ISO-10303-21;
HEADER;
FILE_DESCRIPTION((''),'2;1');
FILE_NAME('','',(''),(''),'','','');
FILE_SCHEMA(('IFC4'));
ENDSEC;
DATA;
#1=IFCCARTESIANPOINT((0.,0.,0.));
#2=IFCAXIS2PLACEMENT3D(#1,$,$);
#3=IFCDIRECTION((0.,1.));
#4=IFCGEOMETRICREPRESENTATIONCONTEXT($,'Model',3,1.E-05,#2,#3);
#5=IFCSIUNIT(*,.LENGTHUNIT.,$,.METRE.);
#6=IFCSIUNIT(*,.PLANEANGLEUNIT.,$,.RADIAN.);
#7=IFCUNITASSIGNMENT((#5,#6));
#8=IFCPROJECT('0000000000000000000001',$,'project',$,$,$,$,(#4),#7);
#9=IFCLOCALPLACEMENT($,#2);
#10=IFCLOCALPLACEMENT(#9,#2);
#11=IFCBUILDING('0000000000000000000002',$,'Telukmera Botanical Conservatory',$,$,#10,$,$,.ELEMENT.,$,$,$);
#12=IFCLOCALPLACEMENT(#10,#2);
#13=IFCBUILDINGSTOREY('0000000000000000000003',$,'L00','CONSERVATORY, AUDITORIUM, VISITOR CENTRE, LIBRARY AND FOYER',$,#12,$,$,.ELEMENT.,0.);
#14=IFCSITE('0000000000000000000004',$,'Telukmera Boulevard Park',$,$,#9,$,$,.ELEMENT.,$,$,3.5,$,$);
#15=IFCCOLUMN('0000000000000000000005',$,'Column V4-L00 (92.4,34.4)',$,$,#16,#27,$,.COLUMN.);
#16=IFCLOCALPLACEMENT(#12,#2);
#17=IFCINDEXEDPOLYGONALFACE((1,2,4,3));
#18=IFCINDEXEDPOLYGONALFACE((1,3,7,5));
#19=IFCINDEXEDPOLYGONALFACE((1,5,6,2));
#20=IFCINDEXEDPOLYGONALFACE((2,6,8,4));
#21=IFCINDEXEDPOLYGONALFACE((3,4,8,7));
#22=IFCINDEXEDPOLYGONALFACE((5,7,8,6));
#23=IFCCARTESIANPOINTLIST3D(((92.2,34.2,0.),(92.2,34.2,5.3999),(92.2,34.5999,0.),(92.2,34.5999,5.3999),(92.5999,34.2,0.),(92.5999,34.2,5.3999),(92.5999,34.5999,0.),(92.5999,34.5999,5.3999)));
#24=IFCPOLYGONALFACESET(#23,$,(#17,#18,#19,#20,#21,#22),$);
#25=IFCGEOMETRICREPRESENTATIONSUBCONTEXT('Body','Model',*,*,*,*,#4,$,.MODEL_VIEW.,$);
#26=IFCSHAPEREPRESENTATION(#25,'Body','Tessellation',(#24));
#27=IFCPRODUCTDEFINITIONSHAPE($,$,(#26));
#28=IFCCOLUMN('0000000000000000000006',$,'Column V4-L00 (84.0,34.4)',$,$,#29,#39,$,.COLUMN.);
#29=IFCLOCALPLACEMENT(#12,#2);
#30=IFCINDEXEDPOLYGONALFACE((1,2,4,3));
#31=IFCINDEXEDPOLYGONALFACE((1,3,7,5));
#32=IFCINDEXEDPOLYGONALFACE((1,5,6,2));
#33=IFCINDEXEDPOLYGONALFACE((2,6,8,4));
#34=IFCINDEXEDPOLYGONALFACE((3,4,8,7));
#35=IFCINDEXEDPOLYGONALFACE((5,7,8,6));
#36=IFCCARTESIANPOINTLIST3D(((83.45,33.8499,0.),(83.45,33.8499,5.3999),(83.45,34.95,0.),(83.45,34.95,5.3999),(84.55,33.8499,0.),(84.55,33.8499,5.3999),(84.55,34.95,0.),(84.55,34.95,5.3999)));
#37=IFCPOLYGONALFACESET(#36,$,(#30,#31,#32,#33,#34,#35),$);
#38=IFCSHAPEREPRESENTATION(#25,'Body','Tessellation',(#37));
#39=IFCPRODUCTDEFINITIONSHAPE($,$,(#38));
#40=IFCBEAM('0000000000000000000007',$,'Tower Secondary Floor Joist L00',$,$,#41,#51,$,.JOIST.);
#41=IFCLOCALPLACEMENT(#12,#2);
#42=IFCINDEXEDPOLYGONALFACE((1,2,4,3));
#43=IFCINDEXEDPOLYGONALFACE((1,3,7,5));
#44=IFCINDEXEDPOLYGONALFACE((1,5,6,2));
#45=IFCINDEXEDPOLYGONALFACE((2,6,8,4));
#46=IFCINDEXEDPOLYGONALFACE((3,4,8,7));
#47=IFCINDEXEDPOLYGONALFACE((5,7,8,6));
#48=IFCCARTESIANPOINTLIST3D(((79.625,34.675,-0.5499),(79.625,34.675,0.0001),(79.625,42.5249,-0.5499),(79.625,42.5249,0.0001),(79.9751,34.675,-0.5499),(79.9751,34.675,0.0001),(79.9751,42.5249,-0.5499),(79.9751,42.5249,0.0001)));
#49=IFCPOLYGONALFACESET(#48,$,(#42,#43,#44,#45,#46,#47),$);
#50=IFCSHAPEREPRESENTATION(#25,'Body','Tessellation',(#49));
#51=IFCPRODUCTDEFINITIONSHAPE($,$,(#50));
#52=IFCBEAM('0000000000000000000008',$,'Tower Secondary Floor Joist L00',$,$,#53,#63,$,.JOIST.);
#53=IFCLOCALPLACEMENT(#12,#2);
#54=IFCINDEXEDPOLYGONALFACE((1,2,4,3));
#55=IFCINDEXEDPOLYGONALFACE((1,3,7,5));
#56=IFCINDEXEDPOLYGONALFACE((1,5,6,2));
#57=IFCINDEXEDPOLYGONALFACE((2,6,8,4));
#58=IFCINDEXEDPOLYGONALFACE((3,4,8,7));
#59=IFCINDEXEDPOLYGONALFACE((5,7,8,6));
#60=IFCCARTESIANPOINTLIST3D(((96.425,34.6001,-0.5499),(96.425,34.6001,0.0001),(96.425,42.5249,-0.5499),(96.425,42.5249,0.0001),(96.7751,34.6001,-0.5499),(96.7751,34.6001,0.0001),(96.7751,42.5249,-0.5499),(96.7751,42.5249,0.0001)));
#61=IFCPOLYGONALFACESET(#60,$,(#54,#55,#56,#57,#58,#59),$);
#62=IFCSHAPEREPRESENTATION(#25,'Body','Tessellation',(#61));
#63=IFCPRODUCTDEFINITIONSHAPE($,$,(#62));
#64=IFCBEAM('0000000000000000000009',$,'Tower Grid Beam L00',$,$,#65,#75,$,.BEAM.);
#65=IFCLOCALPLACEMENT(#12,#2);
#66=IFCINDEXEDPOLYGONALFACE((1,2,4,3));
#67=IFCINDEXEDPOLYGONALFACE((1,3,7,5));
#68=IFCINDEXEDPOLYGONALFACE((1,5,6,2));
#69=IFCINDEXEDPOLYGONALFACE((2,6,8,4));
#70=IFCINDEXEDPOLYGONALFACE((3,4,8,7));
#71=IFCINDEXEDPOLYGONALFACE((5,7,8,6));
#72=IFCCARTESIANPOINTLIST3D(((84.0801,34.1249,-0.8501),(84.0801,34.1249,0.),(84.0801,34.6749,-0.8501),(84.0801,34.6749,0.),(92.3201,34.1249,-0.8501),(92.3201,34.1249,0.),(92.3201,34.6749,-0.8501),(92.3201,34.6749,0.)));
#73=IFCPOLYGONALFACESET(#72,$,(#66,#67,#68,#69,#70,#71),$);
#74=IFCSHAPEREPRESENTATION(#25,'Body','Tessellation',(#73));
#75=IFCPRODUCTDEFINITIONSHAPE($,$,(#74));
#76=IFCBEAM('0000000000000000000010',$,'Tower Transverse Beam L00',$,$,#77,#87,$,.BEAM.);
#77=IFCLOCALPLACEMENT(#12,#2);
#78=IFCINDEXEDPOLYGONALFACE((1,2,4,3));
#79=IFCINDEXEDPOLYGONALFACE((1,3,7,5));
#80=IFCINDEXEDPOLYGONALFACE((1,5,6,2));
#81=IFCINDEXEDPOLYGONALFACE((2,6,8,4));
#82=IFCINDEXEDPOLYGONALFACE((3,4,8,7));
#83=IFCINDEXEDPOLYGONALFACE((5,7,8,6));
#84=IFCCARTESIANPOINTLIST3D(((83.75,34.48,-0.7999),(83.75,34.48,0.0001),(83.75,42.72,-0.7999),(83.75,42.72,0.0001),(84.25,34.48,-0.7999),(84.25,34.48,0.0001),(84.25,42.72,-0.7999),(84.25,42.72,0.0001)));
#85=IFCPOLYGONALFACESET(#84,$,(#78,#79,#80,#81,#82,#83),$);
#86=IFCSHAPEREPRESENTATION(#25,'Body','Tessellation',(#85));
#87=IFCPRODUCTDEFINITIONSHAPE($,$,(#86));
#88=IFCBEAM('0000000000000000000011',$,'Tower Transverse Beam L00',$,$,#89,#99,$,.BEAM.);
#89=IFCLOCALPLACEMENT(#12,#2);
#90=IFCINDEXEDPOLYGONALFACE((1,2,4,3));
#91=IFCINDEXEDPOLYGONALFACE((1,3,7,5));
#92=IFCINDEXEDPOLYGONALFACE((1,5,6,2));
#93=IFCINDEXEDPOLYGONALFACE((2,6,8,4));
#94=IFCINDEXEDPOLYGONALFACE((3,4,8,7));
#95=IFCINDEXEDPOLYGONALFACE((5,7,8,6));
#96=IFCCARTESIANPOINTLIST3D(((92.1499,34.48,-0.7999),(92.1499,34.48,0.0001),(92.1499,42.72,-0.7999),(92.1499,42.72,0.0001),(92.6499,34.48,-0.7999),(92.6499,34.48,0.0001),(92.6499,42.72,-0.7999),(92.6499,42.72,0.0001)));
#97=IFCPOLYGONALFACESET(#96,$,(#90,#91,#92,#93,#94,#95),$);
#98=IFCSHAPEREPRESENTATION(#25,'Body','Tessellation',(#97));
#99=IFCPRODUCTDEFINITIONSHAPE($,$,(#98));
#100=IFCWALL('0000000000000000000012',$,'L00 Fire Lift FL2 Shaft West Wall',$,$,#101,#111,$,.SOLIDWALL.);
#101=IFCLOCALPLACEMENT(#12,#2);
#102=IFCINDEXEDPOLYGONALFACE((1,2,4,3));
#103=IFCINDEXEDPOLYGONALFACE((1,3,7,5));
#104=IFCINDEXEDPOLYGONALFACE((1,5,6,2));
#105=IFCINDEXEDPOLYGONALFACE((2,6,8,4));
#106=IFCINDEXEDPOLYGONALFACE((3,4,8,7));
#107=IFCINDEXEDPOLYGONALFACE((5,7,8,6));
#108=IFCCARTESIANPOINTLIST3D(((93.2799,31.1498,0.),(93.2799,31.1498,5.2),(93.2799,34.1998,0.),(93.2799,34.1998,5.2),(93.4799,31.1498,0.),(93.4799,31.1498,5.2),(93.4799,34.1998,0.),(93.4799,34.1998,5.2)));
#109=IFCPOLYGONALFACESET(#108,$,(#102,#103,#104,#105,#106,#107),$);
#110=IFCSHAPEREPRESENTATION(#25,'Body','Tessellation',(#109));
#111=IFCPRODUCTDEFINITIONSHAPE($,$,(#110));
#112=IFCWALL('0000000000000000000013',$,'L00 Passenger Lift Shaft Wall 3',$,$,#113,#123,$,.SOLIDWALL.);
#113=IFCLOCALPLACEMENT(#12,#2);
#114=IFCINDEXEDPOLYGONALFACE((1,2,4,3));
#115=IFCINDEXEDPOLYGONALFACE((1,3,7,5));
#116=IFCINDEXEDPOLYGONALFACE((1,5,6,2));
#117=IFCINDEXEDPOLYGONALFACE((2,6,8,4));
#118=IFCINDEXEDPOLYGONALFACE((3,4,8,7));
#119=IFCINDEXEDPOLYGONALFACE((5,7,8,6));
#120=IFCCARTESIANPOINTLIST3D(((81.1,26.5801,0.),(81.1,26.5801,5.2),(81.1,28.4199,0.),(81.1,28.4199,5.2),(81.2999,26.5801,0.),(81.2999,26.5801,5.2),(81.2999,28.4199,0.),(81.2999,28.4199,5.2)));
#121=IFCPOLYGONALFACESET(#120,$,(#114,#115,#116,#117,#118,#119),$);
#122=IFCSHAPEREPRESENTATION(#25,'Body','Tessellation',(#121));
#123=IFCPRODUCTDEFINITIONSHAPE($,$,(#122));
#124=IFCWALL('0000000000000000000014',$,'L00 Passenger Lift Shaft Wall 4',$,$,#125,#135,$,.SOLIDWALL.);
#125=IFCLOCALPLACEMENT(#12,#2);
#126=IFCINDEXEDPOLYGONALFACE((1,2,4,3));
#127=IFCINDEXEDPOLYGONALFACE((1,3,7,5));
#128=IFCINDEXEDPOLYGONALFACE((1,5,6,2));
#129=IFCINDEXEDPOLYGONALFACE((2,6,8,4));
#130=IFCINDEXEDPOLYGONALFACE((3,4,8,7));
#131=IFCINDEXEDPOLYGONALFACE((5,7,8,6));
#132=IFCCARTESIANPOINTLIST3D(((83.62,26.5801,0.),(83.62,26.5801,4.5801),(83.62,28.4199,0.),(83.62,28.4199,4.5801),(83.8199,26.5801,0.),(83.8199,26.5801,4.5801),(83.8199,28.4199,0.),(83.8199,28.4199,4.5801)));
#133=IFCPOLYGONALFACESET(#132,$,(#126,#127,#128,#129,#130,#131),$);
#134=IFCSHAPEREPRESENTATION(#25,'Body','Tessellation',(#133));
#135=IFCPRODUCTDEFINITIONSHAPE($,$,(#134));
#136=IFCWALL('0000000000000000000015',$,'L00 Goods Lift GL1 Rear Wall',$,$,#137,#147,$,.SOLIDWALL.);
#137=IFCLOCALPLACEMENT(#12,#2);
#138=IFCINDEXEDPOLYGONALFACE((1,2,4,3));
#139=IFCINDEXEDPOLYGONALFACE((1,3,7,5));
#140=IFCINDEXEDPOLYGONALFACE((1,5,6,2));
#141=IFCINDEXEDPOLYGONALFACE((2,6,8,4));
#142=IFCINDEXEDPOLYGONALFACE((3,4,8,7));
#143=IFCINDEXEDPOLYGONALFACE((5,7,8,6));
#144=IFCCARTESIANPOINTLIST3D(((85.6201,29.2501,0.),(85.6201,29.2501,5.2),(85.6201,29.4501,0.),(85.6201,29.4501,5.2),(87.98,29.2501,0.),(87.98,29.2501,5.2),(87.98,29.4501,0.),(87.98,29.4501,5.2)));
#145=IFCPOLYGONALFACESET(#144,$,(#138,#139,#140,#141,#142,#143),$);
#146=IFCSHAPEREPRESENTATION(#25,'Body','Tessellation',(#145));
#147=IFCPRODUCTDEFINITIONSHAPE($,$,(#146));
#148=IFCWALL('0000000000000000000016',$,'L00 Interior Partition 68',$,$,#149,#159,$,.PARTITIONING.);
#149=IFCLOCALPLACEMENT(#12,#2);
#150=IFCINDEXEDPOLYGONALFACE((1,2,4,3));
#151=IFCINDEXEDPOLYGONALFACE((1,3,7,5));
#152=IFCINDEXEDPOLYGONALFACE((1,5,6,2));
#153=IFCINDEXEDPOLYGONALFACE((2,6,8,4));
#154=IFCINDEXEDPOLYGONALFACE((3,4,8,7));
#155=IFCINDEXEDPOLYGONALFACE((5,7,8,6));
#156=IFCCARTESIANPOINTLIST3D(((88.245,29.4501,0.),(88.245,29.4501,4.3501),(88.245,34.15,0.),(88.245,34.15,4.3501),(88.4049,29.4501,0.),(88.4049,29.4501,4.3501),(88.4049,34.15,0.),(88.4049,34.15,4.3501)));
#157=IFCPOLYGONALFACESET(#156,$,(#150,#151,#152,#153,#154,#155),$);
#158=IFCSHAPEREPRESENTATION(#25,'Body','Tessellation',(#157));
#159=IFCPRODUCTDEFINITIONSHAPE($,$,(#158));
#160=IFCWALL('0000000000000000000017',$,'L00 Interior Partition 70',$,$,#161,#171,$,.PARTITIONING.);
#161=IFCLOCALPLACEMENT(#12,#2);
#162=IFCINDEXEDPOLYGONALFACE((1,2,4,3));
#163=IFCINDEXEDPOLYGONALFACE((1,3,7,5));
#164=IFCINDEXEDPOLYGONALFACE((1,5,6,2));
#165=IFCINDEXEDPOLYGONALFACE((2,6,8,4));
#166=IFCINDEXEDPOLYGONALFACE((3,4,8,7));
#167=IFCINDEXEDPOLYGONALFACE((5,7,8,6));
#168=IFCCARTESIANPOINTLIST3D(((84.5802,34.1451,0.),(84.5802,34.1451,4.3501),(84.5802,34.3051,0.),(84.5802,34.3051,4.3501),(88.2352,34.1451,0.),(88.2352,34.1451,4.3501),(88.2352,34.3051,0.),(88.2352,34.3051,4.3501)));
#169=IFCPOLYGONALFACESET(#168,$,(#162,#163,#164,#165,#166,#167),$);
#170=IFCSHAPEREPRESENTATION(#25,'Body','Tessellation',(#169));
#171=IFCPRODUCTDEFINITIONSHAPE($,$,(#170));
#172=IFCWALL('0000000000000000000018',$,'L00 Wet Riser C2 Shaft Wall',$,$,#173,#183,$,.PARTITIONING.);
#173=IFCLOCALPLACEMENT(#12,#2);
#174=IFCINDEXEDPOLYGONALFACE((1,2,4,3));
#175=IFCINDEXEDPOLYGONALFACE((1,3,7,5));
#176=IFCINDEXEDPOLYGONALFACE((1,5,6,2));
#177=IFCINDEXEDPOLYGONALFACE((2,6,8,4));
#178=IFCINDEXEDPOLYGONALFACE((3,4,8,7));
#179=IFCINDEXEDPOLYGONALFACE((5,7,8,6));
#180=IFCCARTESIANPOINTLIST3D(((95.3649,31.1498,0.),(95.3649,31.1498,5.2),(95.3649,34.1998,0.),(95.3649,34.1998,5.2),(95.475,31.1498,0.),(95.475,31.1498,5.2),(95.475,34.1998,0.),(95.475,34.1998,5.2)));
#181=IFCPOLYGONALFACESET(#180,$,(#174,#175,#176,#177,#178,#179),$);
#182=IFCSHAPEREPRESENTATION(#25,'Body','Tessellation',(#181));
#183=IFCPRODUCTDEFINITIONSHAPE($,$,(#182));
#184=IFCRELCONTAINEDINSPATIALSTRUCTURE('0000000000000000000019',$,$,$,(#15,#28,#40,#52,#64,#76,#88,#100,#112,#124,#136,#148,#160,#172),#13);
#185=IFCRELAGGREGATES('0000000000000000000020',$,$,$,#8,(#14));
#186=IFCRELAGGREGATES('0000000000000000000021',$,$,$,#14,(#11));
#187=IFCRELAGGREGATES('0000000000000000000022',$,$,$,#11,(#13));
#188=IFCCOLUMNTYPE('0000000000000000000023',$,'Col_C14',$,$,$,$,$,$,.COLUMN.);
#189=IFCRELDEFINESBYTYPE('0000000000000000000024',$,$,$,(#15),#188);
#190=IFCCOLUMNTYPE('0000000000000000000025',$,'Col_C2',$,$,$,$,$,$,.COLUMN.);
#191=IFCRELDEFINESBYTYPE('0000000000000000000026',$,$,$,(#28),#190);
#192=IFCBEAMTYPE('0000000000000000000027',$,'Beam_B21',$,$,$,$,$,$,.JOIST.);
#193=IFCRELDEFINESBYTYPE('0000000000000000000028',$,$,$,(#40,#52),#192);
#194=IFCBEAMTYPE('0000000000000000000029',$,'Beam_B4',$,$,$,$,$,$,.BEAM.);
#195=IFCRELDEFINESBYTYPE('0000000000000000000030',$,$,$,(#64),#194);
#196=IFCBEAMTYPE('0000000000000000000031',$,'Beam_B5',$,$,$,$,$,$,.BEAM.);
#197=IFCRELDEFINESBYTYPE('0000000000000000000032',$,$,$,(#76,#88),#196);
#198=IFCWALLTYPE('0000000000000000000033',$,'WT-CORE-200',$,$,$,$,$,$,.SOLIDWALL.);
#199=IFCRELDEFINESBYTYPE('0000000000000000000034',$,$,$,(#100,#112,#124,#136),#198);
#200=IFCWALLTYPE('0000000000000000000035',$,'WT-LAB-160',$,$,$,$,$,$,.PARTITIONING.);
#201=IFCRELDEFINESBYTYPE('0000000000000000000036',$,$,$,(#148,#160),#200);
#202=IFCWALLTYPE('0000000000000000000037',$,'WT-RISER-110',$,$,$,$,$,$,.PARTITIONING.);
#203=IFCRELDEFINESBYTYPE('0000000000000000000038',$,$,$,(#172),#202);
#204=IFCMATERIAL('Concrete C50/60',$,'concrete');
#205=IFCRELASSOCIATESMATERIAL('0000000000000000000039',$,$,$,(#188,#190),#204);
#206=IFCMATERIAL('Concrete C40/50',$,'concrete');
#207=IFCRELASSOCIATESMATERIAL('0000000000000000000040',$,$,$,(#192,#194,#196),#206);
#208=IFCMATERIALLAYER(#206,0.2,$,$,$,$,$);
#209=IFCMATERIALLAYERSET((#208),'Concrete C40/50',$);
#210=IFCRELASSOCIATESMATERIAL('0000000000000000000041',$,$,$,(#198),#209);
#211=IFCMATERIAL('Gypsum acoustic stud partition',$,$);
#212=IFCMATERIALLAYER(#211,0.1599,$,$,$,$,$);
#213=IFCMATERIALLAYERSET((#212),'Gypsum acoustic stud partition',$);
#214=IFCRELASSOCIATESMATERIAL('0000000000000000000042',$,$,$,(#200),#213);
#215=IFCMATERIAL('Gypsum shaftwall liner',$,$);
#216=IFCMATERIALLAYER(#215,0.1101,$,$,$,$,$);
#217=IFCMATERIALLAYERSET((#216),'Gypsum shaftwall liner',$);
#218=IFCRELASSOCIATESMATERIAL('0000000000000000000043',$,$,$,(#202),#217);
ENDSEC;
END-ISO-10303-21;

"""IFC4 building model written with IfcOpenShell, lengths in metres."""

from ifc_helpers import new_model, si_unit, direction, frame, frame_2d, origin, origin_2d, place, context, subcontext, project, spatial, rectangle, extrude, material, layer, layer_set, material_profile, profile_set, type_object, element, save


model = new_model("IFC4")

# Units and contexts
model_context = context("Model", 3, precision=1e-05, world=origin(), true_north=direction((0.0, 1.0)))
body_context = subcontext(model_context, "Body", "Model", "MODEL_VIEW")
ifc_project = project(units=[si_unit("LENGTHUNIT", "METRE"), si_unit("PLANEANGLEUNIT", "RADIAN")], contexts=[model_context])

# Site, building, storey
site_placement = place(None, origin())
site = spatial("IfcSite", under=ifc_project, at=site_placement, Name="Telukmera Boulevard Park", CompositionType="ELEMENT", RefElevation=3.5)
building_placement = place(site_placement, origin())
building = spatial("IfcBuilding", under=site, at=building_placement, Name="Telukmera Botanical Conservatory", CompositionType="ELEMENT")
storey_placement = place(building_placement, origin())
storey = spatial("IfcBuildingStorey", under=building, at=storey_placement, Name="L00", Description="CONSERVATORY, AUDITORIUM, VISITOR CENTRE, LIBRARY AND FOYER", CompositionType="ELEMENT", Elevation=0.0)

# Columns
ifc_material_1 = material(Name="Concrete C50/60", Category="concrete")
ifc_material_profile_1 = material_profile(ifc_material_1, rectangle(XDim=0.3999, YDim=0.3999, at=origin_2d()), Name="RC 400x400")
ifc_profile_set_1 = profile_set([ifc_material_profile_1], Name="Concrete C50/60")
column_type_1 = type_object("IfcColumnType", Name="Col_C14", PredefinedType="COLUMN", material=ifc_profile_set_1)
column_1_placement = place(storey_placement, frame((92.3999, 34.3999, 0.0), z_axis=(0.0, 0.0, 1.0), x_axis=(1.0, 0.0, 0.0)))
element("IfcColumn", 1, at=column_1_placement, inside=storey, type_object=column_type_1, Name="Column V4-L00 (92.4,34.4)", PredefinedType="COLUMN", context=body_context, shape_type="SweptSolid", body=[
    extrude(rectangle(XDim=0.3999, YDim=0.3999, at=origin_2d()), origin(), (0.0, 0.0, 1.0), 5.3999),
])
ifc_material_profile_2 = material_profile(ifc_material_1, rectangle(XDim=1.1001, YDim=1.1001, at=origin_2d()), Name="RC 1100x1100")
ifc_profile_set_2 = profile_set([ifc_material_profile_2], Name="Concrete C50/60")
column_type_2 = type_object("IfcColumnType", Name="Col_C2", PredefinedType="COLUMN", material=ifc_profile_set_2)
column_2_placement = place(storey_placement, frame((84.0, 34.3999, 0.0), z_axis=(0.0, 0.0, 1.0), x_axis=(1.0, 0.0, 0.0)))
element("IfcColumn", 2, at=column_2_placement, inside=storey, type_object=column_type_2, Name="Column V4-L00 (84.0,34.4)", PredefinedType="COLUMN", context=body_context, shape_type="SweptSolid", body=[
    extrude(rectangle(XDim=1.1001, YDim=1.1001, at=origin_2d()), origin(), (0.0, 0.0, 1.0), 5.3999),
])

# Beams
ifc_material_2 = material(Name="Concrete C40/50", Category="concrete")
ifc_material_profile_3 = material_profile(ifc_material_2, rectangle(XDim=0.3501, YDim=0.55, at=origin_2d()), Name="RC 350x550")
ifc_profile_set_3 = profile_set([ifc_material_profile_3], Name="Concrete C40/50")
beam_type_1 = type_object("IfcBeamType", Name="Beam_B21", PredefinedType="JOIST", material=ifc_profile_set_3)
beam_1_placement = place(storey_placement, frame((79.8, 34.675, -0.2749), z_axis=(0.0, 1.0, 0.0), x_axis=(-1.0, 0.0, 0.0)))
element("IfcBeam", 3, at=beam_1_placement, inside=storey, type_object=beam_type_1, Name="Tower Secondary Floor Joist L00", PredefinedType="JOIST", context=body_context, shape_type="SweptSolid", body=[
    extrude(rectangle(XDim=0.3501, YDim=0.55, at=origin_2d()), origin(), (0.0, 0.0, 1.0), 7.8499),
])
beam_2_placement = place(storey_placement, frame((96.6001, 34.6001, -0.2749), z_axis=(0.0, 1.0, 0.0), x_axis=(-1.0, 0.0, 0.0)))
element("IfcBeam", 4, at=beam_2_placement, inside=storey, type_object=beam_type_1, Name="Tower Secondary Floor Joist L00", PredefinedType="JOIST", context=body_context, shape_type="SweptSolid", body=[
    extrude(rectangle(XDim=0.3501, YDim=0.55, at=origin_2d()), origin(), (0.0, 0.0, 1.0), 7.9248),
])
ifc_material_profile_4 = material_profile(ifc_material_2, rectangle(XDim=0.55, YDim=0.8501, at=origin_2d()), Name="RC 550x850")
ifc_profile_set_4 = profile_set([ifc_material_profile_4], Name="Concrete C40/50")
beam_type_2 = type_object("IfcBeamType", Name="Beam_B4", PredefinedType="BEAM", material=ifc_profile_set_4)
beam_3_placement = place(storey_placement, frame((84.0801, 34.3999, -0.425), z_axis=(1.0, 0.0, 0.0), x_axis=(0.0, 1.0, 0.0)))
element("IfcBeam", 5, at=beam_3_placement, inside=storey, type_object=beam_type_2, Name="Tower Grid Beam L00", PredefinedType="BEAM", context=body_context, shape_type="SweptSolid", body=[
    extrude(rectangle(XDim=0.55, YDim=0.8501, at=origin_2d()), origin(), (0.0, 0.0, 1.0), 8.24),
])
ifc_material_profile_5 = material_profile(ifc_material_2, rectangle(XDim=0.5, YDim=0.8, at=origin_2d()), Name="RC 500x800")
ifc_profile_set_5 = profile_set([ifc_material_profile_5], Name="Concrete C40/50")
beam_type_3 = type_object("IfcBeamType", Name="Beam_B5", PredefinedType="BEAM", material=ifc_profile_set_5)
for number, where, z_axis, x_axis, name in (
    (6, (84.0, 34.48, -0.3999), (0.0, 1.0, 0.0), (-1.0, 0.0, 0.0), "Tower Transverse Beam L00"),
    (7, (92.3999, 34.48, -0.3999), (0.0, 1.0, 0.0), (-1.0, 0.0, 0.0), "Tower Transverse Beam L00"),
):
    element("IfcBeam", number, at=place(storey_placement, frame(where, z_axis=z_axis, x_axis=x_axis)), inside=storey, type_object=beam_type_3, Name=name, PredefinedType="BEAM", context=body_context, shape_type="SweptSolid", body=[
        extrude(rectangle(XDim=0.5, YDim=0.8, at=origin_2d()), origin(), (0.0, 0.0, 1.0), 8.24),
    ])

# Shared definitions
ifc_layer_1 = layer(ifc_material_2, 0.2)
ifc_layer_set_1 = layer_set([ifc_layer_1], Name="Concrete C40/50")
wall_type_1 = type_object("IfcWallType", Name="WT-CORE-200", PredefinedType="SOLIDWALL", material=ifc_layer_set_1)

# Walls
wall_1_placement = place(storey_placement, frame((93.3799, 31.1499, 0.0), z_axis=(0.0, 0.0, 1.0), x_axis=(0.0, 1.0, 0.0)))
element("IfcWall", 8, at=wall_1_placement, inside=storey, type_object=wall_type_1, Name="L00 Fire Lift FL2 Shaft West Wall", PredefinedType="SOLIDWALL", context=body_context, shape_type="SweptSolid", body=[
    extrude(rectangle(XDim=3.05, YDim=0.2, at=frame_2d((1.5249, 0.0))), origin(), (0.0, 0.0, 1.0), 5.2),
])
wall_2_placement = place(storey_placement, frame((81.2, 26.5801, 0.0), z_axis=(0.0, 0.0, 1.0), x_axis=(0.0, 1.0, 0.0)))
element("IfcWall", 9, at=wall_2_placement, inside=storey, type_object=wall_type_1, Name="L00 Passenger Lift Shaft Wall 3", PredefinedType="SOLIDWALL", context=body_context, shape_type="SweptSolid", body=[
    extrude(rectangle(XDim=1.8398, YDim=0.2, at=frame_2d((0.9199, 0.0))), origin(), (0.0, 0.0, 1.0), 5.2),
])
wall_3_placement = place(storey_placement, frame((83.72, 26.5801, 0.0), z_axis=(0.0, 0.0, 1.0), x_axis=(0.0, 1.0, 0.0)))
element("IfcWall", 10, at=wall_3_placement, inside=storey, type_object=wall_type_1, Name="L00 Passenger Lift Shaft Wall 4", PredefinedType="SOLIDWALL", context=body_context, shape_type="SweptSolid", body=[
    extrude(rectangle(XDim=1.8398, YDim=0.2, at=frame_2d((0.9199, 0.0))), origin(), (0.0, 0.0, 1.0), 4.5801),
])
wall_4_placement = place(storey_placement, frame((85.6201, 29.3501, 0.0), z_axis=(0.0, 0.0, 1.0), x_axis=(1.0, 0.0, 0.0)))
element("IfcWall", 11, at=wall_4_placement, inside=storey, type_object=wall_type_1, Name="L00 Goods Lift GL1 Rear Wall", PredefinedType="SOLIDWALL", context=body_context, shape_type="SweptSolid", body=[
    extrude(rectangle(XDim=2.3599, YDim=0.2, at=frame_2d((1.1799, 0.0))), origin(), (0.0, 0.0, 1.0), 5.2),
])
ifc_material_3 = material(Name="Gypsum acoustic stud partition")
ifc_layer_2 = layer(ifc_material_3, 0.1599)
ifc_layer_set_2 = layer_set([ifc_layer_2], Name="Gypsum acoustic stud partition")
wall_type_2 = type_object("IfcWallType", Name="WT-LAB-160", PredefinedType="PARTITIONING", material=ifc_layer_set_2)
wall_5_placement = place(storey_placement, frame((88.325, 29.45, 0.0), z_axis=(0.0, 0.0, 1.0), x_axis=(0.0, 1.0, 0.0)))
element("IfcWall", 12, at=wall_5_placement, inside=storey, type_object=wall_type_2, Name="L00 Interior Partition 68", PredefinedType="PARTITIONING", context=body_context, shape_type="SweptSolid", body=[
    extrude(rectangle(XDim=4.7, YDim=0.1599, at=frame_2d((2.3501, 0.0))), origin(), (0.0, 0.0, 1.0), 4.3501),
])
wall_6_placement = place(storey_placement, frame((84.5801, 34.2251, 0.0), z_axis=(0.0, 0.0, 1.0), x_axis=(1.0, 0.0, 0.0)))
element("IfcWall", 13, at=wall_6_placement, inside=storey, type_object=wall_type_2, Name="L00 Interior Partition 70", PredefinedType="PARTITIONING", context=body_context, shape_type="SweptSolid", body=[
    extrude(rectangle(XDim=3.655, YDim=0.1599, at=frame_2d((1.8276, 0.0))), origin(), (0.0, 0.0, 1.0), 4.3501),
])
ifc_material_4 = material(Name="Gypsum shaftwall liner")
ifc_layer_3 = layer(ifc_material_4, 0.1101)
ifc_layer_set_3 = layer_set([ifc_layer_3], Name="Gypsum shaftwall liner")
wall_type_3 = type_object("IfcWallType", Name="WT-RISER-110", PredefinedType="PARTITIONING", material=ifc_layer_set_3)
wall_7_placement = place(storey_placement, frame((95.4199, 31.1499, 0.0), z_axis=(0.0, 0.0, 1.0), x_axis=(0.0, 1.0, 0.0)))
element("IfcWall", 14, at=wall_7_placement, inside=storey, type_object=wall_type_3, Name="L00 Wet Riser C2 Shaft Wall", PredefinedType="PARTITIONING", context=body_context, shape_type="SweptSolid", body=[
    extrude(rectangle(XDim=3.05, YDim=0.1101, at=frame_2d((1.5249, 0.0))), origin(), (0.0, 0.0, 1.0), 5.2),
])

save(model, "model.ifc")
